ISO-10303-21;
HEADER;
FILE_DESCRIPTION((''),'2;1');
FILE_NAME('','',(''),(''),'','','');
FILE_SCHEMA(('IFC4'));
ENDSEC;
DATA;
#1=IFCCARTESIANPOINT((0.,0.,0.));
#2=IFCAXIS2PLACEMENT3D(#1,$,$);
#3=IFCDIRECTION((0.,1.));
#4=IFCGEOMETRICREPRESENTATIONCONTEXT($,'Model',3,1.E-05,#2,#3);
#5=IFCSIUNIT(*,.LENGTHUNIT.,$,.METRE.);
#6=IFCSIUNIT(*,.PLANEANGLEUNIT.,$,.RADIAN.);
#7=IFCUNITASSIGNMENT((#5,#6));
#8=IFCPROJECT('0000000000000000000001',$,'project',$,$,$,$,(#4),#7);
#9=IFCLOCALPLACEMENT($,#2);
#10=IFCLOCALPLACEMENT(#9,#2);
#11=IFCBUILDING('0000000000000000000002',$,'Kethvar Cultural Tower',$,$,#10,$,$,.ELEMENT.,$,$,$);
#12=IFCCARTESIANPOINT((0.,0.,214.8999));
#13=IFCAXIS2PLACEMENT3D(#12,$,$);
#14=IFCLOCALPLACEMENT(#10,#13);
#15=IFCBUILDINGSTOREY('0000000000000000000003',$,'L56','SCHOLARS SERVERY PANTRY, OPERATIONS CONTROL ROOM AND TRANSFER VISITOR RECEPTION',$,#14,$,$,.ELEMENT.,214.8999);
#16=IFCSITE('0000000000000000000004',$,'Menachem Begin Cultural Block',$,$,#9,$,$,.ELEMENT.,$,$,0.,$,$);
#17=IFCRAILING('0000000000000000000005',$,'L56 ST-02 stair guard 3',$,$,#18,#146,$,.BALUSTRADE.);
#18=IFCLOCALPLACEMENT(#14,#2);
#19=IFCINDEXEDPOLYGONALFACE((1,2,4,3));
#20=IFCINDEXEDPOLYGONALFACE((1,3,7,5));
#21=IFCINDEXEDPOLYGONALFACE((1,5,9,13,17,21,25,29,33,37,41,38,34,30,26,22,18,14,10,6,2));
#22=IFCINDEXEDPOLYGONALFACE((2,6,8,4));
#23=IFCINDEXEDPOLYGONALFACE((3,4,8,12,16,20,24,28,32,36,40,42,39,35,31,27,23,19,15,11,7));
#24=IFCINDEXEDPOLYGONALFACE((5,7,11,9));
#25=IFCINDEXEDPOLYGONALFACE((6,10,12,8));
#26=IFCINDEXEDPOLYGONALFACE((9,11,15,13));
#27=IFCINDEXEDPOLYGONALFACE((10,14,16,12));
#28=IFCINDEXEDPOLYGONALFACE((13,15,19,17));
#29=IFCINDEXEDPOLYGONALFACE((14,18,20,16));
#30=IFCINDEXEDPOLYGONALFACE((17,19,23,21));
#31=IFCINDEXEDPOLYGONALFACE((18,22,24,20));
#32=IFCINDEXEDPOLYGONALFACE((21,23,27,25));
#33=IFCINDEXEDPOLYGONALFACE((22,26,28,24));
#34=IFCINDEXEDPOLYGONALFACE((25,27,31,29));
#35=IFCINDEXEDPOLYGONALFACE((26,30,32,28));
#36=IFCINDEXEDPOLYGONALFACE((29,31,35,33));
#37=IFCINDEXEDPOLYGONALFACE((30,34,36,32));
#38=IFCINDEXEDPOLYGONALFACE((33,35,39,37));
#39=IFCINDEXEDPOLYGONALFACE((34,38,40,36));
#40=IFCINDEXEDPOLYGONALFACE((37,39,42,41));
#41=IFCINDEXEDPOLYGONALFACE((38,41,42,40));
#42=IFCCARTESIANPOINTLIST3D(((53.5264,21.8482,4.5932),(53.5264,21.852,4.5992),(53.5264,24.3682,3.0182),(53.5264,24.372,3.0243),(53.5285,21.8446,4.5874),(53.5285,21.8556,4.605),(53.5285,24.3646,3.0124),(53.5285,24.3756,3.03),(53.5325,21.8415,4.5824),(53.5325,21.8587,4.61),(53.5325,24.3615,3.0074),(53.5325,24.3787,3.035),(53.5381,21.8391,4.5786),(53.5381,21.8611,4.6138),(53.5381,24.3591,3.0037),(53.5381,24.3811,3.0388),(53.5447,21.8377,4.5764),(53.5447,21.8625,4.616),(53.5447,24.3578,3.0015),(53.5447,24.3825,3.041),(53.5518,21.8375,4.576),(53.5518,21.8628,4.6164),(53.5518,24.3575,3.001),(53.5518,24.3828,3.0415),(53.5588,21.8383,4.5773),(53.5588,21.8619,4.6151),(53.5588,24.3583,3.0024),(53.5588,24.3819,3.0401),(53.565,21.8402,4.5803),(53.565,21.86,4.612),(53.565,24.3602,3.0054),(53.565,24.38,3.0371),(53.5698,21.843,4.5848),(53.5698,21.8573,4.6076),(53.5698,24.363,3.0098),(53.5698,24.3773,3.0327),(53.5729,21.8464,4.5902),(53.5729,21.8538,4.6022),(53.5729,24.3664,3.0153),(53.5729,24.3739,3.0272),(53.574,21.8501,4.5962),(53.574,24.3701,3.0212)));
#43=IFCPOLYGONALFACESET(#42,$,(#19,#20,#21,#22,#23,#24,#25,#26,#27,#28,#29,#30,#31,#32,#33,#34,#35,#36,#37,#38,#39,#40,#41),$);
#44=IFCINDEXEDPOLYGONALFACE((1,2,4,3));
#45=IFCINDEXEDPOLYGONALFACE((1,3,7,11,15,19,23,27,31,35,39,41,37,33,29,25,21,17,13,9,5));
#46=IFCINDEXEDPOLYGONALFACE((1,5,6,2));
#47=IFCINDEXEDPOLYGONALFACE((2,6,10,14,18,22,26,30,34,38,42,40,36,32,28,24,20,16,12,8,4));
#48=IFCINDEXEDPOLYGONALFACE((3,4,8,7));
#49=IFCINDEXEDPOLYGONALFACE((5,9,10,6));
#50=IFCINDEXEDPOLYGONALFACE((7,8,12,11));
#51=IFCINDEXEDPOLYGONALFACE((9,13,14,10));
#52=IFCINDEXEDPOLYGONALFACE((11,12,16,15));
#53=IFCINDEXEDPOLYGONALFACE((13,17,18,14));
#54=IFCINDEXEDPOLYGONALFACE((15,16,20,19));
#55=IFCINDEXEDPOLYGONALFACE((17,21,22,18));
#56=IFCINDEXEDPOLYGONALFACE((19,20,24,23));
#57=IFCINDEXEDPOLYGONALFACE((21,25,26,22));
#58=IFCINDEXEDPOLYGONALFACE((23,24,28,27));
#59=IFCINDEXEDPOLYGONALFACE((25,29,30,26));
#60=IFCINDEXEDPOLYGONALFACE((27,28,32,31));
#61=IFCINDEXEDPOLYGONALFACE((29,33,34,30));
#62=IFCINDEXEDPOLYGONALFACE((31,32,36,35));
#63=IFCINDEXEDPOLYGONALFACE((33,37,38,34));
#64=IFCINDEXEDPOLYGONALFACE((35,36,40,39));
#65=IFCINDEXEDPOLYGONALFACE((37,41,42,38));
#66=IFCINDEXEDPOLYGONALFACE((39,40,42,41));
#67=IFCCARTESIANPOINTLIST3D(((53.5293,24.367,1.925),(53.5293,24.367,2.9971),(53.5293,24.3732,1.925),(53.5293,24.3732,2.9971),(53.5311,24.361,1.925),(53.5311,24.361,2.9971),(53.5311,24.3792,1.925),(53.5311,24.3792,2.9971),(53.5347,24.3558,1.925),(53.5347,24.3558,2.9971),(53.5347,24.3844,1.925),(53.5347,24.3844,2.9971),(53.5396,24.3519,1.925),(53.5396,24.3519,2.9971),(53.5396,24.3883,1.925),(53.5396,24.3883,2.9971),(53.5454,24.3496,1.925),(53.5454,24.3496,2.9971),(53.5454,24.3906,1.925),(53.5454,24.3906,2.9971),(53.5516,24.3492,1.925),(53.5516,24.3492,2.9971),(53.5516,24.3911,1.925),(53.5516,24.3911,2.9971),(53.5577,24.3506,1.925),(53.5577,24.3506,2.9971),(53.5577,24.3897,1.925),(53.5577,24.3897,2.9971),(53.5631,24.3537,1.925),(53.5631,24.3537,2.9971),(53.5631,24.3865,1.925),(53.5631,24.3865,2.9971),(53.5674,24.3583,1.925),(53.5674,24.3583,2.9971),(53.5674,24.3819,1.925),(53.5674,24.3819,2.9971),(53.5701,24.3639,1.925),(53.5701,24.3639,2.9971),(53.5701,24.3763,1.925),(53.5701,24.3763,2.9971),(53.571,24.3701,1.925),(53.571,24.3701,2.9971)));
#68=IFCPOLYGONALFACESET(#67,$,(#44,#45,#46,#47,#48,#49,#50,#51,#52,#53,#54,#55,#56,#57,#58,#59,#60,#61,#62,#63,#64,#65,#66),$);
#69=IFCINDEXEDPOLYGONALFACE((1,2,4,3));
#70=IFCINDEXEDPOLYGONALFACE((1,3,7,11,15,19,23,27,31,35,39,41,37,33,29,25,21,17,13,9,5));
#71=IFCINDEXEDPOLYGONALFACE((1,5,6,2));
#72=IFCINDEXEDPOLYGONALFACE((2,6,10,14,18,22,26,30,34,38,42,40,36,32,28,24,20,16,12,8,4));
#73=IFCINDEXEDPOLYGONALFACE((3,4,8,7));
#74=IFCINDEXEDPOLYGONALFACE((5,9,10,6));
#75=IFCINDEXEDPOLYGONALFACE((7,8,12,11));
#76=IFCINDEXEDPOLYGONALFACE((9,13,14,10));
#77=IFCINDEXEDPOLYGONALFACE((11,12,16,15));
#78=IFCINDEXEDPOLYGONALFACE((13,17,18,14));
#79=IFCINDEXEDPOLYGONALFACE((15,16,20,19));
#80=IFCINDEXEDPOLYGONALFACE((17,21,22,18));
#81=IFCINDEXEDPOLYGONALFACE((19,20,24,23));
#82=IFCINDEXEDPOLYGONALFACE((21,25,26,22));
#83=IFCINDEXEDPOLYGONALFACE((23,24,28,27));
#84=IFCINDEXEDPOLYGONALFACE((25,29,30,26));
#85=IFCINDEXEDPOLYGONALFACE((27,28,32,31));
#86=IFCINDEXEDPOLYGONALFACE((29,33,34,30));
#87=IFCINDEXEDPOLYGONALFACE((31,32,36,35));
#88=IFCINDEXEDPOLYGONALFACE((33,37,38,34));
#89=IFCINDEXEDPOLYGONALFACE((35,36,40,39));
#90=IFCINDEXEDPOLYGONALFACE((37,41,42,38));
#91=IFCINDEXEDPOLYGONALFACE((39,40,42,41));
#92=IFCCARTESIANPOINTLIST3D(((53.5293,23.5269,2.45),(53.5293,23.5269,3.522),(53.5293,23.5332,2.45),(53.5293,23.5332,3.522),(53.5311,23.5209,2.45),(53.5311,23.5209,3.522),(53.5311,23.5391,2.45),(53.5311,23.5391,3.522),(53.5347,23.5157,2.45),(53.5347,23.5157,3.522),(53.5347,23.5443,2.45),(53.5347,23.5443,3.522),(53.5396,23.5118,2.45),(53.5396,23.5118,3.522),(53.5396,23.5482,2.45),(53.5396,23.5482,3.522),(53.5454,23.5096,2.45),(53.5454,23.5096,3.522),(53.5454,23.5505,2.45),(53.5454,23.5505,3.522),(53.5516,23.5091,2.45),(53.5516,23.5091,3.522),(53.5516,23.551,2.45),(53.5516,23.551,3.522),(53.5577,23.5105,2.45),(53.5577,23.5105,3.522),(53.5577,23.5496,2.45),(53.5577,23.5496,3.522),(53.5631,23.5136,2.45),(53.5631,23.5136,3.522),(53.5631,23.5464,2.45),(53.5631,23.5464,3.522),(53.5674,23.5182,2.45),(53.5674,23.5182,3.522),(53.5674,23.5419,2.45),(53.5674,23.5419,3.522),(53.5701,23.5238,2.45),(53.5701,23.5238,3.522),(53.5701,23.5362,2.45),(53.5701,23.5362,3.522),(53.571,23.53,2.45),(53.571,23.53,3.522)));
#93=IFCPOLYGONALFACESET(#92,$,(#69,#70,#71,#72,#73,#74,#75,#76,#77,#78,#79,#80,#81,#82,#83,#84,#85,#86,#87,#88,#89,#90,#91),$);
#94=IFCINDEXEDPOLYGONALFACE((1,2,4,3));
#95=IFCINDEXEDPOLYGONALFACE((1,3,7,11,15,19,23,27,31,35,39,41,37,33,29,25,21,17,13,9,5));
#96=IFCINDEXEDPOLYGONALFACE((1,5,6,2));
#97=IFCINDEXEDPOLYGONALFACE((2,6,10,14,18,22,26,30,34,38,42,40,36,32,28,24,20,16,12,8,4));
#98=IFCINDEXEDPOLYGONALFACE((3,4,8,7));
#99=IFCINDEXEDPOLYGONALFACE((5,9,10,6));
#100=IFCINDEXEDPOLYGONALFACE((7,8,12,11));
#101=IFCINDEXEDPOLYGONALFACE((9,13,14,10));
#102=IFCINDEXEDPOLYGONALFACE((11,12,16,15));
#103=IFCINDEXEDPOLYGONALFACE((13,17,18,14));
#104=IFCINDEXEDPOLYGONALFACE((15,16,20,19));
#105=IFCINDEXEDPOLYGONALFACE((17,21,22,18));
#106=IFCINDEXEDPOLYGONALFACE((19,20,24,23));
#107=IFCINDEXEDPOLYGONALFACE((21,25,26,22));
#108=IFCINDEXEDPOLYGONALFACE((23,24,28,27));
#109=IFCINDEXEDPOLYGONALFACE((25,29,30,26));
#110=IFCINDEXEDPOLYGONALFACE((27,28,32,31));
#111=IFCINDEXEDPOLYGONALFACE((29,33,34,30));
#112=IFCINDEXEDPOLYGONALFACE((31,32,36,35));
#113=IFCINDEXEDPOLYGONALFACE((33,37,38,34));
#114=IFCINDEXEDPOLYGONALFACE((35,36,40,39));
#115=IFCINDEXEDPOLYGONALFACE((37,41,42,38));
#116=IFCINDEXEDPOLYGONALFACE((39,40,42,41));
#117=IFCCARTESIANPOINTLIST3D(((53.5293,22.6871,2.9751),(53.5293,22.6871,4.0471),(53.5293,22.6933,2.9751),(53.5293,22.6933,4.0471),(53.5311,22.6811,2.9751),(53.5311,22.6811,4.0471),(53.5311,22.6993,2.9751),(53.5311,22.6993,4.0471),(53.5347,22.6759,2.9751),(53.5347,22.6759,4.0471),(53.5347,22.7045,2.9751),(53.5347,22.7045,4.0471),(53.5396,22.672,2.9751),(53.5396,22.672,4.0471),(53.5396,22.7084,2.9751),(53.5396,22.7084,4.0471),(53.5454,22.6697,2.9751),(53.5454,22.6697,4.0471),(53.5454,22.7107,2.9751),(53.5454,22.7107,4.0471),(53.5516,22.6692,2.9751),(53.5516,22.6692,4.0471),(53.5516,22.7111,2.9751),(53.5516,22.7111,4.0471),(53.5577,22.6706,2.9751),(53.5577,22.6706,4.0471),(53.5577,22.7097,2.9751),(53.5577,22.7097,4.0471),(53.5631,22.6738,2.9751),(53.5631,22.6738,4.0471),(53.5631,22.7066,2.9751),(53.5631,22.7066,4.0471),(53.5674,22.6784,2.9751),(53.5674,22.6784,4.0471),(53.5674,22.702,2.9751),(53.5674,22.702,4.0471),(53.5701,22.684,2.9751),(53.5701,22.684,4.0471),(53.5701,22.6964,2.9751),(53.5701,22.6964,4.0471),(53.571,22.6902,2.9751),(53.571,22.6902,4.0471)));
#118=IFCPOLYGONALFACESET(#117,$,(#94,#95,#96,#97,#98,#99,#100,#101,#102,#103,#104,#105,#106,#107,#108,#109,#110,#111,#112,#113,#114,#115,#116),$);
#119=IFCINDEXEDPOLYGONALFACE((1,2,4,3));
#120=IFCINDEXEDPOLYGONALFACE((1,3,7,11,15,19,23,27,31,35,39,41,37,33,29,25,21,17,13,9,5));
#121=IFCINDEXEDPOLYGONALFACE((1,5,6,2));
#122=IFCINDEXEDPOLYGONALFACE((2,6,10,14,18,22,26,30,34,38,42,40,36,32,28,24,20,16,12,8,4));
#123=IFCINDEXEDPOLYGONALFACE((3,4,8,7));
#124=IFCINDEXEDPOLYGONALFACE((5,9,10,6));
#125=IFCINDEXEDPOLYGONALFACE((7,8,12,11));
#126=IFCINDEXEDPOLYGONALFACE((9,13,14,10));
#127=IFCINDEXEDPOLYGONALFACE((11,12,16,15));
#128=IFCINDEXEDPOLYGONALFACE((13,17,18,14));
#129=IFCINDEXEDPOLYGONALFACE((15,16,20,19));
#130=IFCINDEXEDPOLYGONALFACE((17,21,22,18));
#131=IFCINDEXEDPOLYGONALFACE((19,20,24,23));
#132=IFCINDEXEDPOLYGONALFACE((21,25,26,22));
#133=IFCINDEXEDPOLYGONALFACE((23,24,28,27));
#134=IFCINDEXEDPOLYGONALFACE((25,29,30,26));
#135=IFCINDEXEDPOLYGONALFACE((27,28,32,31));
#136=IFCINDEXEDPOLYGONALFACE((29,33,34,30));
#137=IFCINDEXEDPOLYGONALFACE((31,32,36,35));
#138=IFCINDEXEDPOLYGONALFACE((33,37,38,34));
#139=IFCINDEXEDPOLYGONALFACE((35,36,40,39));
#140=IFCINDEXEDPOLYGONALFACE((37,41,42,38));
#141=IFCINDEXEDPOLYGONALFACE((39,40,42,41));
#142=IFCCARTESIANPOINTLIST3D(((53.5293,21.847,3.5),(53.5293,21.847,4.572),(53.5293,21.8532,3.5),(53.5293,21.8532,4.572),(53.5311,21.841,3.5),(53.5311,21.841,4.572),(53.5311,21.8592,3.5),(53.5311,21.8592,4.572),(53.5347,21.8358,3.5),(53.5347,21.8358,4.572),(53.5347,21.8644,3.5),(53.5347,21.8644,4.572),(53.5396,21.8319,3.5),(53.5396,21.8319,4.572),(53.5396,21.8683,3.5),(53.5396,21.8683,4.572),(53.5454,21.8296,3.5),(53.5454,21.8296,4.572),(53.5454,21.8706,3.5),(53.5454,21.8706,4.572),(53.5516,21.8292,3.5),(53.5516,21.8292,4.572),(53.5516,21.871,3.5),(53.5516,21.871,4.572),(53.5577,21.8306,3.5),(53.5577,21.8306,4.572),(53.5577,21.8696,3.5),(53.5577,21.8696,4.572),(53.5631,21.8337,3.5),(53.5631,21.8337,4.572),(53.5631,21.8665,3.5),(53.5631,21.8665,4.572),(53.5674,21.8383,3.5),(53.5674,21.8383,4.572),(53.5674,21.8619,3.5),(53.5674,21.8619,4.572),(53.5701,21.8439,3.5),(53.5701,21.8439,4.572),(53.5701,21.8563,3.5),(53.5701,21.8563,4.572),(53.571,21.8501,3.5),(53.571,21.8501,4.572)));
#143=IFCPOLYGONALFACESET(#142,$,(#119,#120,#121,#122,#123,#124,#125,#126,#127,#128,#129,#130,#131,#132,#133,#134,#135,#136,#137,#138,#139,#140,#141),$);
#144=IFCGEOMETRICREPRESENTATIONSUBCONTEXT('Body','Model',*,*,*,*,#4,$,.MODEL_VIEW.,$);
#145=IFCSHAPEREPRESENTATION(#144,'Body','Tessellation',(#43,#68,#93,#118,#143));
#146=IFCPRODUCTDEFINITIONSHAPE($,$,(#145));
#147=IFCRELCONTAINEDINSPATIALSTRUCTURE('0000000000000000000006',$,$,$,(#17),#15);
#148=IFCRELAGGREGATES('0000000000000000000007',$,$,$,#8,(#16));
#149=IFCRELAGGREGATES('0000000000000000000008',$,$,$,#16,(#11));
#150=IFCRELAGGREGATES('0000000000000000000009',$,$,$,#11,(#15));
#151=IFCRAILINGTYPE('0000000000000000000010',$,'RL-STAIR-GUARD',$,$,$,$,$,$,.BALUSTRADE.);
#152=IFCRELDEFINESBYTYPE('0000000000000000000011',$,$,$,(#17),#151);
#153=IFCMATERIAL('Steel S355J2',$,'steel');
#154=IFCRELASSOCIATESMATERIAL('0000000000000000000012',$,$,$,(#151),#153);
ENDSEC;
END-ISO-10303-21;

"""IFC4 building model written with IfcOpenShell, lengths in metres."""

from ifc_helpers import new_model, si_unit, direction, frame, origin, origin_2d, place, context, subcontext, project, spatial, circle, extrude, material, type_object, element, save


model = new_model("IFC4")

# Units and contexts
model_context = context("Model", 3, precision=1e-05, world=origin(), true_north=direction((0.0, 1.0)))
body_context = subcontext(model_context, "Body", "Model", "MODEL_VIEW")
ifc_project = project(units=[si_unit("LENGTHUNIT", "METRE"), si_unit("PLANEANGLEUNIT", "RADIAN")], contexts=[model_context])

# Site, building, storey
site_placement = place(None, origin())
site = spatial("IfcSite", under=ifc_project, at=site_placement, Name="Menachem Begin Cultural Block", CompositionType="ELEMENT", RefElevation=0.0)
building_placement = place(site_placement, origin())
building = spatial("IfcBuilding", under=site, at=building_placement, Name="Kethvar Cultural Tower", CompositionType="ELEMENT")
storey_placement = place(building_placement, frame((0.0, 0.0, 214.8999)))
storey = spatial("IfcBuildingStorey", under=building, at=storey_placement, Name="L56", Description="SCHOLARS SERVERY PANTRY, OPERATIONS CONTROL ROOM AND TRANSFER VISITOR RECEPTION", CompositionType="ELEMENT", Elevation=214.8999)

# Shared definitions
ifc_material_1 = material(Name="Steel S355J2", Category="steel")

# Railing
railing_type_1 = type_object("IfcRailingType", Name="RL-STAIR-GUARD", PredefinedType="BALUSTRADE", material=ifc_material_1)
railing_1_placement = place(storey_placement, frame((53.55, 24.3701, 1.925)))
element("IfcRailing", 1, at=railing_1_placement, inside=storey, type_object=railing_type_1, Name="L56 ST-02 stair guard 3", PredefinedType="BALUSTRADE", context=body_context, shape_type="SweptSolid", body=[
    extrude(circle(Radius=0.0239, at=origin_2d()), frame((0.0, 0.0, 1.0962), z_axis=(0.0, -0.848008, 0.529984), x_axis=(1.0, 0.0, 0.0)), (0.0, 0.0, 1.0), 2.9717),
    extrude(circle(Radius=0.021, at=origin_2d()), origin(), (0.0, 0.0, 1.0), 1.072),
    extrude(circle(Radius=0.021, at=origin_2d()), frame((0.0, -0.8401, 0.5249)), (0.0, 0.0, 1.0), 1.072),
    extrude(circle(Radius=0.021, at=origin_2d()), frame((0.0, -1.6799, 1.05)), (0.0, 0.0, 1.0), 1.072),
    extrude(circle(Radius=0.021, at=origin_2d()), frame((0.0, -2.52, 1.575)), (0.0, 0.0, 1.0), 1.072),
])

save(model, "model.ifc")
